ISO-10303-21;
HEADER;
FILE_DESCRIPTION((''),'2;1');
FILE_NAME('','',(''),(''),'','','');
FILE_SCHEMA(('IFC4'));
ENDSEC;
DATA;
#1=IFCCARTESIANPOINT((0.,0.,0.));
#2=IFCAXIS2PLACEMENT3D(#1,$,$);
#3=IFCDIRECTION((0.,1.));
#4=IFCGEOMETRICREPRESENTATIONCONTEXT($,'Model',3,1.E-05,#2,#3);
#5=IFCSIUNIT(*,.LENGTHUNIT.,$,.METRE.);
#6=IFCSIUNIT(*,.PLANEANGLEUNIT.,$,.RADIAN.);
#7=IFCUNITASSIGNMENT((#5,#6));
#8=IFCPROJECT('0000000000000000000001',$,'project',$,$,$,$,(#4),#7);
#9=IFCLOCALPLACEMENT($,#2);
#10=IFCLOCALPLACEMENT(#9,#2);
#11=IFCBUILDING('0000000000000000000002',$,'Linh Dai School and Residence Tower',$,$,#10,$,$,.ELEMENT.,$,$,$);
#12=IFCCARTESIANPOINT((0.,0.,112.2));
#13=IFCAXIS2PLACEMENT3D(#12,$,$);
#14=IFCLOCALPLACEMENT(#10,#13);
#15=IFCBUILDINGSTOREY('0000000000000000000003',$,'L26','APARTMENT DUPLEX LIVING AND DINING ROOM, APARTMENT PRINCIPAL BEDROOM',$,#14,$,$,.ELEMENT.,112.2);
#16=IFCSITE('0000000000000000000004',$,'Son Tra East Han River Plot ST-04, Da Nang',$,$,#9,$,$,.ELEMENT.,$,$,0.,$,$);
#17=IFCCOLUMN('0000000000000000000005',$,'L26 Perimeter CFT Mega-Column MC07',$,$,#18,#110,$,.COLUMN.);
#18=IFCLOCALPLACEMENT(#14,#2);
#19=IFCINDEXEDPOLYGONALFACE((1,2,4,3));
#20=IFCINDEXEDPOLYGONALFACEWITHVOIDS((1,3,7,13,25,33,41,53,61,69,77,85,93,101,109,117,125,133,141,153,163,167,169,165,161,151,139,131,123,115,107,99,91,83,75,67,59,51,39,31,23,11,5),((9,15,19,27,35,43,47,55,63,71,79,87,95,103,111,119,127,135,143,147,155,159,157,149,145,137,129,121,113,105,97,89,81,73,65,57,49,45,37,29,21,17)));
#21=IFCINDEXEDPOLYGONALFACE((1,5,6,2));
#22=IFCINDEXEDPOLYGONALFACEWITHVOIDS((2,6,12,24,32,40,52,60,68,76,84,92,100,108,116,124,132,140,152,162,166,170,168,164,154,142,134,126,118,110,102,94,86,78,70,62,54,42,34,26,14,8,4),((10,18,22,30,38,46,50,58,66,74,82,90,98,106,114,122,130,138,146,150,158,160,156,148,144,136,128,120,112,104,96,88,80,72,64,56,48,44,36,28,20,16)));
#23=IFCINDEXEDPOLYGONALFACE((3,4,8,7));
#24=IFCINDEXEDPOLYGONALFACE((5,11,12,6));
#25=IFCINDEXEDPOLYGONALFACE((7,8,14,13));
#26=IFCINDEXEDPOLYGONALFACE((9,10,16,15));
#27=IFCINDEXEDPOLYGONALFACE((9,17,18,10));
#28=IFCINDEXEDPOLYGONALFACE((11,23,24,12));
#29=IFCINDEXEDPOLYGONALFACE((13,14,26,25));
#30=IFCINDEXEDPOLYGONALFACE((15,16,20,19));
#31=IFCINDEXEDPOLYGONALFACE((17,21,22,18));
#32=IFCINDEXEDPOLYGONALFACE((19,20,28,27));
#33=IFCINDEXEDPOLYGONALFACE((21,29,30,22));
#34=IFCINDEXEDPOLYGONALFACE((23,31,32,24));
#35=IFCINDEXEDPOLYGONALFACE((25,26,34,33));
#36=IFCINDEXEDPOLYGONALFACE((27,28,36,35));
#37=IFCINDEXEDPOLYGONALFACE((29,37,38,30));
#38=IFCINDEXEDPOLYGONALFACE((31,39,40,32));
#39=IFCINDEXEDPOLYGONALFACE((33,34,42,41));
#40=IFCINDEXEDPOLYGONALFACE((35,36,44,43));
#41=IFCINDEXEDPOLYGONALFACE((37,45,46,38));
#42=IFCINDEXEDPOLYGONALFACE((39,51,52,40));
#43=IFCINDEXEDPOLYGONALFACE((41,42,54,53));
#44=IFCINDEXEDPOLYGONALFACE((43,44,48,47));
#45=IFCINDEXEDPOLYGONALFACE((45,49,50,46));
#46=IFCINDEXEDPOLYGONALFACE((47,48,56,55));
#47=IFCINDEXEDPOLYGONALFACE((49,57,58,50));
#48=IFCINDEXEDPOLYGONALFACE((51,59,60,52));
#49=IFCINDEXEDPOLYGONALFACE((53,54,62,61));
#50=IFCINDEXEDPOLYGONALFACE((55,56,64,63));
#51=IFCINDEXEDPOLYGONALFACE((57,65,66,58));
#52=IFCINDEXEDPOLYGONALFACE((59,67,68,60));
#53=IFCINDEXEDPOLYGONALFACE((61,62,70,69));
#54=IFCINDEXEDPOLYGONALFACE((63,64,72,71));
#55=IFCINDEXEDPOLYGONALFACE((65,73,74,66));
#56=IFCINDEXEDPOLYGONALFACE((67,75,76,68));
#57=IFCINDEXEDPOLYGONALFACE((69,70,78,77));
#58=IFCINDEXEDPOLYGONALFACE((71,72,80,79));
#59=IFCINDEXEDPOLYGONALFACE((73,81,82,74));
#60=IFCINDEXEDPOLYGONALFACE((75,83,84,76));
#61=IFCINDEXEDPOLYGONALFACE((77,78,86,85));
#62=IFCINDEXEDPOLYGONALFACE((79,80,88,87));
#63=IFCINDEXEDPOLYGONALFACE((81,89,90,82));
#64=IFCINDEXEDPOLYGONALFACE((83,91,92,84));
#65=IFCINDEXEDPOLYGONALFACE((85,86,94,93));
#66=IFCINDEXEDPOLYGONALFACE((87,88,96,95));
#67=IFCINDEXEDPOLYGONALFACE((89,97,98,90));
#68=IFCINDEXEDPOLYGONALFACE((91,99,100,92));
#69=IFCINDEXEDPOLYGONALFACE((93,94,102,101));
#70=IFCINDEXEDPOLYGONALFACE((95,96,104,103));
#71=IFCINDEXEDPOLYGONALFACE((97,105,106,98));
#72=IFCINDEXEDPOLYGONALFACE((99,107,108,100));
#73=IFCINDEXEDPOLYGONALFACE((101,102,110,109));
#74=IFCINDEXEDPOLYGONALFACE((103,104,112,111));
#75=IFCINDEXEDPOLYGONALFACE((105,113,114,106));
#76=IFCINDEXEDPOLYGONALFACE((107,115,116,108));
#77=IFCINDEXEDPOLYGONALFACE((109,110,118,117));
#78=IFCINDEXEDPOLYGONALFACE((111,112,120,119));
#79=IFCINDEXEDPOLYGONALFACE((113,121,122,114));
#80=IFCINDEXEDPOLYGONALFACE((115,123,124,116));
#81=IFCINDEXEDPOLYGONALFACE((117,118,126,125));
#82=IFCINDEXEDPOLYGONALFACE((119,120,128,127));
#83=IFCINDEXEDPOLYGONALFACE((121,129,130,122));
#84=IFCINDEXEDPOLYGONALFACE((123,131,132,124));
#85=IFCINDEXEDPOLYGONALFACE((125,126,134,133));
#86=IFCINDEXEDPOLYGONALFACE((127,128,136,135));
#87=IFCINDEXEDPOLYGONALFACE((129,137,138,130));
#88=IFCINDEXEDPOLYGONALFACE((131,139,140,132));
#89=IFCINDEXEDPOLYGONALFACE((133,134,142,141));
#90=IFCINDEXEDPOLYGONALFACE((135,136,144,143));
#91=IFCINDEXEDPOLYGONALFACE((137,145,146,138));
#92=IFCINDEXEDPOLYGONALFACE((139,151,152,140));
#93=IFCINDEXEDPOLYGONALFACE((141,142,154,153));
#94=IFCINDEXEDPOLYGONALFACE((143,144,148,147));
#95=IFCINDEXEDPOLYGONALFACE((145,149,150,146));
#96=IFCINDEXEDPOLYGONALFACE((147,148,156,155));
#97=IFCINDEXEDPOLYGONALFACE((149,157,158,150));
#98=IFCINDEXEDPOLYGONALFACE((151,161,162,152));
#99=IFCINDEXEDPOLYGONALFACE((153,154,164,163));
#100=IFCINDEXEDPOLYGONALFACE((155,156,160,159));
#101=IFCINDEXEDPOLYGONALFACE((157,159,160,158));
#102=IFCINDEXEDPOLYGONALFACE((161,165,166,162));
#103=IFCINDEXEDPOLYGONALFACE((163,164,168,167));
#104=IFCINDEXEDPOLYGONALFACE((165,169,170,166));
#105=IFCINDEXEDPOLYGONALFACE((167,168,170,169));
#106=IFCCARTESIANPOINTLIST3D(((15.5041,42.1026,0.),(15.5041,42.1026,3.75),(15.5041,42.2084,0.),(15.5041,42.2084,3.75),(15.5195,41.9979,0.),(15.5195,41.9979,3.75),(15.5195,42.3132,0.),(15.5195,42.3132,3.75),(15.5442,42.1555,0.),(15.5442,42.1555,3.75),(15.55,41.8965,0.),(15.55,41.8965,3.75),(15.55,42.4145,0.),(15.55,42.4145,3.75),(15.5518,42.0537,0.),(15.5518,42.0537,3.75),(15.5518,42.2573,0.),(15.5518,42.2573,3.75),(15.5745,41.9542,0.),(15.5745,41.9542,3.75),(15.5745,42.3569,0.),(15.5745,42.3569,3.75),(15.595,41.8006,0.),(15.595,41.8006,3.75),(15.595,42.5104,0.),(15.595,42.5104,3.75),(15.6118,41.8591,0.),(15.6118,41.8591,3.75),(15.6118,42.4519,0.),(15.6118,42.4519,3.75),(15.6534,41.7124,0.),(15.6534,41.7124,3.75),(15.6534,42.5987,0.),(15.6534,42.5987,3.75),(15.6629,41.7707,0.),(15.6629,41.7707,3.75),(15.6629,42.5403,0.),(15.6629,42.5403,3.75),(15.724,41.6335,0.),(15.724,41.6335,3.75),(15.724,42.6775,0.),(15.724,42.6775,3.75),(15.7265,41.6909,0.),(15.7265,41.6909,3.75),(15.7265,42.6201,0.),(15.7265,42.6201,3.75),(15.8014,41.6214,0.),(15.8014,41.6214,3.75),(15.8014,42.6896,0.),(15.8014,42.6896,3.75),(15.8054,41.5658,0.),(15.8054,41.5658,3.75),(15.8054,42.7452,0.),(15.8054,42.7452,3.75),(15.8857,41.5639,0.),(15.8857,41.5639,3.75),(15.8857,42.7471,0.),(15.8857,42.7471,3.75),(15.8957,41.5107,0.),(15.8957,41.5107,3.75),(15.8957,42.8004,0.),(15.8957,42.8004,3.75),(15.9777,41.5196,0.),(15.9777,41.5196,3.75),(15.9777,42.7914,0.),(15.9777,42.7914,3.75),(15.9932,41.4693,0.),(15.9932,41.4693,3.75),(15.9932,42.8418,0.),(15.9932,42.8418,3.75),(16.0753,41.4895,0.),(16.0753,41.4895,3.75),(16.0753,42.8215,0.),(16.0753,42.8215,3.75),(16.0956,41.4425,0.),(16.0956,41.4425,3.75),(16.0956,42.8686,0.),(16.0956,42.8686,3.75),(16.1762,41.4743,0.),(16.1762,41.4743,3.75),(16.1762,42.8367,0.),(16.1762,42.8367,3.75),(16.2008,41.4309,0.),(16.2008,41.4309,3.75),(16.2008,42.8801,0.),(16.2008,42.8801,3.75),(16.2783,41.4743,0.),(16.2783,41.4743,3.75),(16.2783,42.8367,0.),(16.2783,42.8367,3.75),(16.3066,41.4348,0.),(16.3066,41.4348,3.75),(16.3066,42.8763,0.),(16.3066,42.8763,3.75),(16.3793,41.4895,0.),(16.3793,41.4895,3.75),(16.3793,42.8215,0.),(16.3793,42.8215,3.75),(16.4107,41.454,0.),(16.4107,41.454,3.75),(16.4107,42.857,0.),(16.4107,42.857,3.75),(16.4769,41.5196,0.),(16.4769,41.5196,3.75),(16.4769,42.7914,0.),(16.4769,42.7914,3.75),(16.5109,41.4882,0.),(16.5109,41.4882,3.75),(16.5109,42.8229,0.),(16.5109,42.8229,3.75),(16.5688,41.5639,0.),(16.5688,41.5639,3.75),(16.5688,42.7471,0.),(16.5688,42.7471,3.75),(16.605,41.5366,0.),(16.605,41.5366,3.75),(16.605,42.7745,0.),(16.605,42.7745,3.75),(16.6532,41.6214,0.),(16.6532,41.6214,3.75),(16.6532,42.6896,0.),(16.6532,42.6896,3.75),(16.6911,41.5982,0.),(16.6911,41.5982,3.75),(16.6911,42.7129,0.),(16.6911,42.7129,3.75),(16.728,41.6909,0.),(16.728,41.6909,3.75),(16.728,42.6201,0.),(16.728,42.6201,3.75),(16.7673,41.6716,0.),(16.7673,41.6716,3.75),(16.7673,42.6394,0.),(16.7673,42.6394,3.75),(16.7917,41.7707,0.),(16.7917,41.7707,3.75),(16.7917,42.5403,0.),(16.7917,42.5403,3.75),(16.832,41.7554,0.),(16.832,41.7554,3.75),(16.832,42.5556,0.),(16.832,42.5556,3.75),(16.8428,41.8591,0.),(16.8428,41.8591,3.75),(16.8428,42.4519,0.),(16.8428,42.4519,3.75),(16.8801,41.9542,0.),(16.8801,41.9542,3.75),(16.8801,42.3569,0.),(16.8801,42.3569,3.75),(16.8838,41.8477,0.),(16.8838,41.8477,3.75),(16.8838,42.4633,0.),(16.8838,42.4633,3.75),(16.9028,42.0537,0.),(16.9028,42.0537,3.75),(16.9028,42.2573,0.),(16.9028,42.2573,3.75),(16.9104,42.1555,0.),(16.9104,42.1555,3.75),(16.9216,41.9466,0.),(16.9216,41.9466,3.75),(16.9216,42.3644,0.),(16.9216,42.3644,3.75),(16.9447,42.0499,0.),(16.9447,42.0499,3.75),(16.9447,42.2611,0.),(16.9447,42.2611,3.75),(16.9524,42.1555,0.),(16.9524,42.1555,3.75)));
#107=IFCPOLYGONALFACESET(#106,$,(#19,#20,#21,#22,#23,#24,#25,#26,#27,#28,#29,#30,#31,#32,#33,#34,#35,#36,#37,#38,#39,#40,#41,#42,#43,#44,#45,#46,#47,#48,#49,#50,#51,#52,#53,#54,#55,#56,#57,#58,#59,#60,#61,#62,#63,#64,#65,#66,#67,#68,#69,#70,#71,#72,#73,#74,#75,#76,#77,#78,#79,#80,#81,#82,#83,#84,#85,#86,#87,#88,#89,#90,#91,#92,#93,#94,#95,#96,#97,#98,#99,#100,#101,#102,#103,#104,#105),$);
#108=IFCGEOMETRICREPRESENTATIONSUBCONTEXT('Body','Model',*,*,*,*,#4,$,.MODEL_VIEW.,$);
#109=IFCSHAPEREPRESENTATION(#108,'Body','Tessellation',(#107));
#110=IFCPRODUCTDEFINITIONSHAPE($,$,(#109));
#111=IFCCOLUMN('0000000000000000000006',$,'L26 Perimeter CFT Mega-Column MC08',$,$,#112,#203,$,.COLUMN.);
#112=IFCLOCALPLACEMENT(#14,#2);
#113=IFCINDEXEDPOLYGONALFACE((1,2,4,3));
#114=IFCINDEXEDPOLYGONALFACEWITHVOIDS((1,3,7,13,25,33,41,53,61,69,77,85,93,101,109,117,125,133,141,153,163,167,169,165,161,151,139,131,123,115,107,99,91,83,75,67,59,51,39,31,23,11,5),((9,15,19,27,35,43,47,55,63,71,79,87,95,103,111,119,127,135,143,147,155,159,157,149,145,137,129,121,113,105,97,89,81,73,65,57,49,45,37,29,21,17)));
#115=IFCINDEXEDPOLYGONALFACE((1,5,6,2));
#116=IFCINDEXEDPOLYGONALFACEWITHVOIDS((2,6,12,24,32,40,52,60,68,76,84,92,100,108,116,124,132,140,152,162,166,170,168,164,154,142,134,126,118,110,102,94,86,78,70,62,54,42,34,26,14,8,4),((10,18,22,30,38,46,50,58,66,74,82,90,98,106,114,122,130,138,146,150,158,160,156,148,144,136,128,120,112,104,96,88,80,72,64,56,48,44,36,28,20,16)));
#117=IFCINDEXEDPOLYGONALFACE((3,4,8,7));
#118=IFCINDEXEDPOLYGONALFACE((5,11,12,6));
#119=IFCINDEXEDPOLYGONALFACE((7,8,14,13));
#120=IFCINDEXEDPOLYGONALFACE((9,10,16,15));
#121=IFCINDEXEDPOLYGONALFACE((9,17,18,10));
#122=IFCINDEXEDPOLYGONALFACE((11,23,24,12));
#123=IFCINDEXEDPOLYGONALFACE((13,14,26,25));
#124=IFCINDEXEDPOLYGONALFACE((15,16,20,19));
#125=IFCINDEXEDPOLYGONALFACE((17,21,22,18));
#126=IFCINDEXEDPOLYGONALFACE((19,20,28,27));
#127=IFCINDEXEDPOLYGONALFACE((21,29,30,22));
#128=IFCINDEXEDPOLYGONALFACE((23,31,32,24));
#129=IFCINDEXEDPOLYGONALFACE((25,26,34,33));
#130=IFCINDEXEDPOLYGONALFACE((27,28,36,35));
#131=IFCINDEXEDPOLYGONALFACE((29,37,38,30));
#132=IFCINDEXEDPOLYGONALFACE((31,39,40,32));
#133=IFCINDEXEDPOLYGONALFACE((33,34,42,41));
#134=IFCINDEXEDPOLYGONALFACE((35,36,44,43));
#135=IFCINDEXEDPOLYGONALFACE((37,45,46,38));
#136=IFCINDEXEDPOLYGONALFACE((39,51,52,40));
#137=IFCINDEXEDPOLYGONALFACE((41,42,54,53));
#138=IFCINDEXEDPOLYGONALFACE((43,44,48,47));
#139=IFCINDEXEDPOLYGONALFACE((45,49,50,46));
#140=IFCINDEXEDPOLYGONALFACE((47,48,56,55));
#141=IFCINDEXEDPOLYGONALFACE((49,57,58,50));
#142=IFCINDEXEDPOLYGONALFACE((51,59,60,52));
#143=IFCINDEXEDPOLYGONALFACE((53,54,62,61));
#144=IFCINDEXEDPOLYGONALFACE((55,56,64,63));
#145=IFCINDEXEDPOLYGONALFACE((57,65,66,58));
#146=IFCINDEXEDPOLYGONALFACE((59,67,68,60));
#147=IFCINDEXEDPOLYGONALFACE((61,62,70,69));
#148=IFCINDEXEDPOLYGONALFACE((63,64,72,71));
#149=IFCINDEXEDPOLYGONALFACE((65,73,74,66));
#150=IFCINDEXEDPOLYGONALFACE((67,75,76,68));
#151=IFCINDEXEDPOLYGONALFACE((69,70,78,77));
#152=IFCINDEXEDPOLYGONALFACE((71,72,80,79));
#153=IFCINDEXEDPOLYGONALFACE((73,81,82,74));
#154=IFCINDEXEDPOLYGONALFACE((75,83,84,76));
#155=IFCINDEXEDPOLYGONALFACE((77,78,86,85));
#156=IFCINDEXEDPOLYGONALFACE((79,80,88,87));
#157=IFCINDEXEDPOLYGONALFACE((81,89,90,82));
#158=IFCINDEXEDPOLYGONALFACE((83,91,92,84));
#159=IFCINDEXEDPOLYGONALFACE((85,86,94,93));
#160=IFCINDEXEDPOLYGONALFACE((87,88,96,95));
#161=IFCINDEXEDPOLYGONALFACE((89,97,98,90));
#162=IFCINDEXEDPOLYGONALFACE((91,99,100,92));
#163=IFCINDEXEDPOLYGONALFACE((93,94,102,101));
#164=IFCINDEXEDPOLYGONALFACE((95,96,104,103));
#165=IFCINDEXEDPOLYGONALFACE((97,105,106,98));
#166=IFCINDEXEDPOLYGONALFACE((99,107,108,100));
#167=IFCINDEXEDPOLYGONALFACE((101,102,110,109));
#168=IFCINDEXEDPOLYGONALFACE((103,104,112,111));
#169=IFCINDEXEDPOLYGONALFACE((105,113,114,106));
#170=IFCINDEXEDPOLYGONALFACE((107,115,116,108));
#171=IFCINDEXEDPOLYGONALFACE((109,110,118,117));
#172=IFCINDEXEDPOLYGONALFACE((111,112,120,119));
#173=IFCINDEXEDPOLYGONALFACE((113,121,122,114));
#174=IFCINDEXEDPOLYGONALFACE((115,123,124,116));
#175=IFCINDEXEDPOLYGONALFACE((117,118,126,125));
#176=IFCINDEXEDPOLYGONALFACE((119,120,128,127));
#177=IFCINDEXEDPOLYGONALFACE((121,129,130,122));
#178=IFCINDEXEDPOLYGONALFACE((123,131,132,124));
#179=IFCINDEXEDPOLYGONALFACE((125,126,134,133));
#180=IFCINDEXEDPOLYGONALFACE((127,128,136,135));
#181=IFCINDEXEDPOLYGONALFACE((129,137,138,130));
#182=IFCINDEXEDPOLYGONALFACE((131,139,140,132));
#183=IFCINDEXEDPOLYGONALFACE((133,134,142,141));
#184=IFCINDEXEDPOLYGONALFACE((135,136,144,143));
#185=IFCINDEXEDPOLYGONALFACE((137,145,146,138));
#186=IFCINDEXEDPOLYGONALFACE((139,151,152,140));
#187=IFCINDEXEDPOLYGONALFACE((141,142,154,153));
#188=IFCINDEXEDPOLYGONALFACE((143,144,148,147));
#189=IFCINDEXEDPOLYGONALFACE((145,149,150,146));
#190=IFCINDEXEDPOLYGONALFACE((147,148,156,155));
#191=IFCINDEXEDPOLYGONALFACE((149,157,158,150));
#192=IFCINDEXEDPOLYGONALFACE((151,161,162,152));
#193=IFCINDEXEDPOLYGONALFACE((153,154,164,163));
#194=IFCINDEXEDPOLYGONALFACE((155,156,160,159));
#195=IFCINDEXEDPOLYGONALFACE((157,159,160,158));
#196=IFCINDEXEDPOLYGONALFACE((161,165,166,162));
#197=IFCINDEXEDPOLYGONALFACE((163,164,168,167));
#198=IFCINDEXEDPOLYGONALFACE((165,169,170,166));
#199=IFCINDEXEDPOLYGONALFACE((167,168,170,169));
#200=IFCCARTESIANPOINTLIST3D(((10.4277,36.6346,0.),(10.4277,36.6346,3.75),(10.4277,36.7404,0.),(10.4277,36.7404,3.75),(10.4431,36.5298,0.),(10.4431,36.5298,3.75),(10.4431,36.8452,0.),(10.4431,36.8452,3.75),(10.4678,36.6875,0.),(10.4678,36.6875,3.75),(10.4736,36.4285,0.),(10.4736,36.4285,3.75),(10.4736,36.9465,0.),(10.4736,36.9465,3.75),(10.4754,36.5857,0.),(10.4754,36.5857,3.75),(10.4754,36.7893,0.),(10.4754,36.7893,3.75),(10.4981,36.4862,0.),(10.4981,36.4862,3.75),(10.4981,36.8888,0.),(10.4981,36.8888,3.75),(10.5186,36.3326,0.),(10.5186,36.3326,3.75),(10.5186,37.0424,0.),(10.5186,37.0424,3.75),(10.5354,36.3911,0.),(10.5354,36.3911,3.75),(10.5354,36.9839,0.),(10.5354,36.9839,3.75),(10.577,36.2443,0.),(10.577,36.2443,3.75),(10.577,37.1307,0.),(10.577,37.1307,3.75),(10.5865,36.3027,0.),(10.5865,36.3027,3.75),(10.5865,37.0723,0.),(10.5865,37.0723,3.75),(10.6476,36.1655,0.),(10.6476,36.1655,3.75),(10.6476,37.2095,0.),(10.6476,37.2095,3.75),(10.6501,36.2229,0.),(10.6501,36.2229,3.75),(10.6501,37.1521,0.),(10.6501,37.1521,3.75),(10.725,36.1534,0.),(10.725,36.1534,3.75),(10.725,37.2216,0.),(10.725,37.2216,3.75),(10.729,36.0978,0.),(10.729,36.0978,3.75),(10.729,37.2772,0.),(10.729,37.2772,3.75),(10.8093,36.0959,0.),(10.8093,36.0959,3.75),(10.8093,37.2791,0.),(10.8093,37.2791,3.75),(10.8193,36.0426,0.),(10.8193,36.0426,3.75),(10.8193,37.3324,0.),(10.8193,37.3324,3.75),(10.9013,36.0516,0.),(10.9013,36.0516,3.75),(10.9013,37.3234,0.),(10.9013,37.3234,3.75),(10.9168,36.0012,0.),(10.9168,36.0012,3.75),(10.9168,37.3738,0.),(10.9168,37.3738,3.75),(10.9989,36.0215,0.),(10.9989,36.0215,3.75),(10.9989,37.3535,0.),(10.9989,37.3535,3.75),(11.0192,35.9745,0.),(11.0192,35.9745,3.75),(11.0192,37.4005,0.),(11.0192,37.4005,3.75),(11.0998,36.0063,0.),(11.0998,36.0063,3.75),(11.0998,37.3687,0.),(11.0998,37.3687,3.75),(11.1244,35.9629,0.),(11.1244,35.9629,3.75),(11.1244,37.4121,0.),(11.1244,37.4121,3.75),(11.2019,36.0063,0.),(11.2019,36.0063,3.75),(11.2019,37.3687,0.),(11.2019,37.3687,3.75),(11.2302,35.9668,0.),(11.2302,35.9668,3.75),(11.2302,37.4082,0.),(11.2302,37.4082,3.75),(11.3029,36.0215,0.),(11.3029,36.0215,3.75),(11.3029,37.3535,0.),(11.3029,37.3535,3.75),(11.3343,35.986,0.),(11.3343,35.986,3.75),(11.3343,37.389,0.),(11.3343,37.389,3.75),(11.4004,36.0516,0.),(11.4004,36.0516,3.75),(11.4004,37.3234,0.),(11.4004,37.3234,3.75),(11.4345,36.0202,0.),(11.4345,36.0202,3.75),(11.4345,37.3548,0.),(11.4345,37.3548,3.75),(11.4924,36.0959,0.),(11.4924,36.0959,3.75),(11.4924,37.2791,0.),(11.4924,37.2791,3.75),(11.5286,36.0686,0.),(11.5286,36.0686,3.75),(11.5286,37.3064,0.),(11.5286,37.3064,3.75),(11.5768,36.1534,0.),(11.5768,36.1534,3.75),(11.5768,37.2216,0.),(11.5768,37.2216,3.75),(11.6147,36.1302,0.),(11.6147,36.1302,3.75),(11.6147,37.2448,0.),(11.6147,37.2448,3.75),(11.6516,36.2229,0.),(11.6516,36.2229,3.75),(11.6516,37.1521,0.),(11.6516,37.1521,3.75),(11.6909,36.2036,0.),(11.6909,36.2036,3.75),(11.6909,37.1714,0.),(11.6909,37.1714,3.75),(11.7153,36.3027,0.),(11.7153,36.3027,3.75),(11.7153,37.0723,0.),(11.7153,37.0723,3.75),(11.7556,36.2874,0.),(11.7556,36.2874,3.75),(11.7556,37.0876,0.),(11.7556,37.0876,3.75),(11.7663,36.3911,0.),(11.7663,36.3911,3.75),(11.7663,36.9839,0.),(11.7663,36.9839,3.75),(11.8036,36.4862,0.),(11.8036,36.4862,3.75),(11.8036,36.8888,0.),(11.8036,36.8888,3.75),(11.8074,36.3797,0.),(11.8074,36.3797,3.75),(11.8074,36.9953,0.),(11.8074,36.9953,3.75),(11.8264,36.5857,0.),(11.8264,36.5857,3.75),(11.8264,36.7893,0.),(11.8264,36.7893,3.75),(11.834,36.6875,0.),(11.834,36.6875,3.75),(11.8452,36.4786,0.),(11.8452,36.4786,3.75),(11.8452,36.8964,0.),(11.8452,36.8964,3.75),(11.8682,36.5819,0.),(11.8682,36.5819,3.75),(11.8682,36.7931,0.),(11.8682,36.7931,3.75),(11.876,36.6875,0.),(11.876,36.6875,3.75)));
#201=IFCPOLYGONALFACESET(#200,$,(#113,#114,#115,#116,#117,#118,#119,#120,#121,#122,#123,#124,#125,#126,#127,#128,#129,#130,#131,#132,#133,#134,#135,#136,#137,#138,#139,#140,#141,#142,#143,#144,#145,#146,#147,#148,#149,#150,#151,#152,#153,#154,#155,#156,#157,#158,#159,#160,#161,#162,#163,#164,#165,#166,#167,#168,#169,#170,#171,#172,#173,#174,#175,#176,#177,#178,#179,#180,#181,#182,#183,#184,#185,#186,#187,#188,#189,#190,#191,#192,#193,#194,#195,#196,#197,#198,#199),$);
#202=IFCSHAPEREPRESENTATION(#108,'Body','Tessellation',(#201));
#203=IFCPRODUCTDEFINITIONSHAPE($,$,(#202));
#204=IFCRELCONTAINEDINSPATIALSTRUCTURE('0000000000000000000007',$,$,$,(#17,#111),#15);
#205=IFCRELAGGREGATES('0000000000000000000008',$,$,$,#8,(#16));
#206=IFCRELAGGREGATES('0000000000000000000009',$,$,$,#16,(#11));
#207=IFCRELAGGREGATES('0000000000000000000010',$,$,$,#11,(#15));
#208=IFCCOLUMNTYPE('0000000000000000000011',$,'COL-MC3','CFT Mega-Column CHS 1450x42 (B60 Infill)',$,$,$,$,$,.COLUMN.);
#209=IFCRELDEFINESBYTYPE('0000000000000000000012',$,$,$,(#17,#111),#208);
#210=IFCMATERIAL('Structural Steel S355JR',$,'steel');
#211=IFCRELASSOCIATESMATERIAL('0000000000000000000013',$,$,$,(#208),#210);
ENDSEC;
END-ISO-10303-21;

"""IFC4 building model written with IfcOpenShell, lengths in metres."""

from ifc_helpers import new_model, si_unit, direction, frame, origin, origin_2d, place, context, subcontext, project, spatial, hollow_circle, extrude, material, material_profile, profile_set, type_object, element, save


model = new_model("IFC4")

# Units and contexts
model_context = context("Model", 3, precision=1e-05, world=origin(), true_north=direction((0.0, 1.0)))
body_context = subcontext(model_context, "Body", "Model", "MODEL_VIEW")
ifc_project = project(units=[si_unit("LENGTHUNIT", "METRE"), si_unit("PLANEANGLEUNIT", "RADIAN")], contexts=[model_context])

# Site, building, storey
site_placement = place(None, origin())
site = spatial("IfcSite", under=ifc_project, at=site_placement, Name="Son Tra East Han River Plot ST-04, Da Nang", CompositionType="ELEMENT", RefElevation=0.0)
building_placement = place(site_placement, origin())
building = spatial("IfcBuilding", under=site, at=building_placement, Name="Linh Dai School and Residence Tower", CompositionType="ELEMENT")
storey_placement = place(building_placement, frame((0.0, 0.0, 112.2)))
storey = spatial("IfcBuildingStorey", under=building, at=storey_placement, Name="L26", Description="APARTMENT DUPLEX LIVING AND DINING ROOM, APARTMENT PRINCIPAL BEDROOM", CompositionType="ELEMENT", Elevation=112.2)

# Columns
ifc_material_1 = material(Name="Structural Steel S355JR", Category="steel")
ifc_material_profile_1 = material_profile(ifc_material_1, hollow_circle(Radius=0.7251, WallThickness=0.042, at=origin_2d()), Name="CHS 1450x42")
ifc_profile_set_1 = profile_set([ifc_material_profile_1], Name="Structural Steel S355JR")
column_type = type_object("IfcColumnType", Name="COL-MC3", Description="CFT Mega-Column CHS 1450x42 (B60 Infill)", PredefinedType="COLUMN", material=ifc_profile_set_1)
for number, where, z_axis, x_axis, name in (
    (1, (16.2273, 42.1555, 0.0), (0.0, 0.0, 1.0), (1.0, 0.0, 0.0), "L26 Perimeter CFT Mega-Column MC07"),
    (2, (11.1509, 36.6875, 0.0), (0.0, 0.0, 1.0), (1.0, 0.0, 0.0), "L26 Perimeter CFT Mega-Column MC08"),
):
    element("IfcColumn", number, at=place(storey_placement, frame(where, z_axis=z_axis, x_axis=x_axis)), inside=storey, type_object=column_type, Name=name, PredefinedType="COLUMN", context=body_context, shape_type="SweptSolid", body=[
        extrude(hollow_circle(Radius=0.7251, WallThickness=0.042, at=origin_2d()), origin(), (0.0, 0.0, 1.0), 3.75),
    ])

save(model, "model.ifc")
